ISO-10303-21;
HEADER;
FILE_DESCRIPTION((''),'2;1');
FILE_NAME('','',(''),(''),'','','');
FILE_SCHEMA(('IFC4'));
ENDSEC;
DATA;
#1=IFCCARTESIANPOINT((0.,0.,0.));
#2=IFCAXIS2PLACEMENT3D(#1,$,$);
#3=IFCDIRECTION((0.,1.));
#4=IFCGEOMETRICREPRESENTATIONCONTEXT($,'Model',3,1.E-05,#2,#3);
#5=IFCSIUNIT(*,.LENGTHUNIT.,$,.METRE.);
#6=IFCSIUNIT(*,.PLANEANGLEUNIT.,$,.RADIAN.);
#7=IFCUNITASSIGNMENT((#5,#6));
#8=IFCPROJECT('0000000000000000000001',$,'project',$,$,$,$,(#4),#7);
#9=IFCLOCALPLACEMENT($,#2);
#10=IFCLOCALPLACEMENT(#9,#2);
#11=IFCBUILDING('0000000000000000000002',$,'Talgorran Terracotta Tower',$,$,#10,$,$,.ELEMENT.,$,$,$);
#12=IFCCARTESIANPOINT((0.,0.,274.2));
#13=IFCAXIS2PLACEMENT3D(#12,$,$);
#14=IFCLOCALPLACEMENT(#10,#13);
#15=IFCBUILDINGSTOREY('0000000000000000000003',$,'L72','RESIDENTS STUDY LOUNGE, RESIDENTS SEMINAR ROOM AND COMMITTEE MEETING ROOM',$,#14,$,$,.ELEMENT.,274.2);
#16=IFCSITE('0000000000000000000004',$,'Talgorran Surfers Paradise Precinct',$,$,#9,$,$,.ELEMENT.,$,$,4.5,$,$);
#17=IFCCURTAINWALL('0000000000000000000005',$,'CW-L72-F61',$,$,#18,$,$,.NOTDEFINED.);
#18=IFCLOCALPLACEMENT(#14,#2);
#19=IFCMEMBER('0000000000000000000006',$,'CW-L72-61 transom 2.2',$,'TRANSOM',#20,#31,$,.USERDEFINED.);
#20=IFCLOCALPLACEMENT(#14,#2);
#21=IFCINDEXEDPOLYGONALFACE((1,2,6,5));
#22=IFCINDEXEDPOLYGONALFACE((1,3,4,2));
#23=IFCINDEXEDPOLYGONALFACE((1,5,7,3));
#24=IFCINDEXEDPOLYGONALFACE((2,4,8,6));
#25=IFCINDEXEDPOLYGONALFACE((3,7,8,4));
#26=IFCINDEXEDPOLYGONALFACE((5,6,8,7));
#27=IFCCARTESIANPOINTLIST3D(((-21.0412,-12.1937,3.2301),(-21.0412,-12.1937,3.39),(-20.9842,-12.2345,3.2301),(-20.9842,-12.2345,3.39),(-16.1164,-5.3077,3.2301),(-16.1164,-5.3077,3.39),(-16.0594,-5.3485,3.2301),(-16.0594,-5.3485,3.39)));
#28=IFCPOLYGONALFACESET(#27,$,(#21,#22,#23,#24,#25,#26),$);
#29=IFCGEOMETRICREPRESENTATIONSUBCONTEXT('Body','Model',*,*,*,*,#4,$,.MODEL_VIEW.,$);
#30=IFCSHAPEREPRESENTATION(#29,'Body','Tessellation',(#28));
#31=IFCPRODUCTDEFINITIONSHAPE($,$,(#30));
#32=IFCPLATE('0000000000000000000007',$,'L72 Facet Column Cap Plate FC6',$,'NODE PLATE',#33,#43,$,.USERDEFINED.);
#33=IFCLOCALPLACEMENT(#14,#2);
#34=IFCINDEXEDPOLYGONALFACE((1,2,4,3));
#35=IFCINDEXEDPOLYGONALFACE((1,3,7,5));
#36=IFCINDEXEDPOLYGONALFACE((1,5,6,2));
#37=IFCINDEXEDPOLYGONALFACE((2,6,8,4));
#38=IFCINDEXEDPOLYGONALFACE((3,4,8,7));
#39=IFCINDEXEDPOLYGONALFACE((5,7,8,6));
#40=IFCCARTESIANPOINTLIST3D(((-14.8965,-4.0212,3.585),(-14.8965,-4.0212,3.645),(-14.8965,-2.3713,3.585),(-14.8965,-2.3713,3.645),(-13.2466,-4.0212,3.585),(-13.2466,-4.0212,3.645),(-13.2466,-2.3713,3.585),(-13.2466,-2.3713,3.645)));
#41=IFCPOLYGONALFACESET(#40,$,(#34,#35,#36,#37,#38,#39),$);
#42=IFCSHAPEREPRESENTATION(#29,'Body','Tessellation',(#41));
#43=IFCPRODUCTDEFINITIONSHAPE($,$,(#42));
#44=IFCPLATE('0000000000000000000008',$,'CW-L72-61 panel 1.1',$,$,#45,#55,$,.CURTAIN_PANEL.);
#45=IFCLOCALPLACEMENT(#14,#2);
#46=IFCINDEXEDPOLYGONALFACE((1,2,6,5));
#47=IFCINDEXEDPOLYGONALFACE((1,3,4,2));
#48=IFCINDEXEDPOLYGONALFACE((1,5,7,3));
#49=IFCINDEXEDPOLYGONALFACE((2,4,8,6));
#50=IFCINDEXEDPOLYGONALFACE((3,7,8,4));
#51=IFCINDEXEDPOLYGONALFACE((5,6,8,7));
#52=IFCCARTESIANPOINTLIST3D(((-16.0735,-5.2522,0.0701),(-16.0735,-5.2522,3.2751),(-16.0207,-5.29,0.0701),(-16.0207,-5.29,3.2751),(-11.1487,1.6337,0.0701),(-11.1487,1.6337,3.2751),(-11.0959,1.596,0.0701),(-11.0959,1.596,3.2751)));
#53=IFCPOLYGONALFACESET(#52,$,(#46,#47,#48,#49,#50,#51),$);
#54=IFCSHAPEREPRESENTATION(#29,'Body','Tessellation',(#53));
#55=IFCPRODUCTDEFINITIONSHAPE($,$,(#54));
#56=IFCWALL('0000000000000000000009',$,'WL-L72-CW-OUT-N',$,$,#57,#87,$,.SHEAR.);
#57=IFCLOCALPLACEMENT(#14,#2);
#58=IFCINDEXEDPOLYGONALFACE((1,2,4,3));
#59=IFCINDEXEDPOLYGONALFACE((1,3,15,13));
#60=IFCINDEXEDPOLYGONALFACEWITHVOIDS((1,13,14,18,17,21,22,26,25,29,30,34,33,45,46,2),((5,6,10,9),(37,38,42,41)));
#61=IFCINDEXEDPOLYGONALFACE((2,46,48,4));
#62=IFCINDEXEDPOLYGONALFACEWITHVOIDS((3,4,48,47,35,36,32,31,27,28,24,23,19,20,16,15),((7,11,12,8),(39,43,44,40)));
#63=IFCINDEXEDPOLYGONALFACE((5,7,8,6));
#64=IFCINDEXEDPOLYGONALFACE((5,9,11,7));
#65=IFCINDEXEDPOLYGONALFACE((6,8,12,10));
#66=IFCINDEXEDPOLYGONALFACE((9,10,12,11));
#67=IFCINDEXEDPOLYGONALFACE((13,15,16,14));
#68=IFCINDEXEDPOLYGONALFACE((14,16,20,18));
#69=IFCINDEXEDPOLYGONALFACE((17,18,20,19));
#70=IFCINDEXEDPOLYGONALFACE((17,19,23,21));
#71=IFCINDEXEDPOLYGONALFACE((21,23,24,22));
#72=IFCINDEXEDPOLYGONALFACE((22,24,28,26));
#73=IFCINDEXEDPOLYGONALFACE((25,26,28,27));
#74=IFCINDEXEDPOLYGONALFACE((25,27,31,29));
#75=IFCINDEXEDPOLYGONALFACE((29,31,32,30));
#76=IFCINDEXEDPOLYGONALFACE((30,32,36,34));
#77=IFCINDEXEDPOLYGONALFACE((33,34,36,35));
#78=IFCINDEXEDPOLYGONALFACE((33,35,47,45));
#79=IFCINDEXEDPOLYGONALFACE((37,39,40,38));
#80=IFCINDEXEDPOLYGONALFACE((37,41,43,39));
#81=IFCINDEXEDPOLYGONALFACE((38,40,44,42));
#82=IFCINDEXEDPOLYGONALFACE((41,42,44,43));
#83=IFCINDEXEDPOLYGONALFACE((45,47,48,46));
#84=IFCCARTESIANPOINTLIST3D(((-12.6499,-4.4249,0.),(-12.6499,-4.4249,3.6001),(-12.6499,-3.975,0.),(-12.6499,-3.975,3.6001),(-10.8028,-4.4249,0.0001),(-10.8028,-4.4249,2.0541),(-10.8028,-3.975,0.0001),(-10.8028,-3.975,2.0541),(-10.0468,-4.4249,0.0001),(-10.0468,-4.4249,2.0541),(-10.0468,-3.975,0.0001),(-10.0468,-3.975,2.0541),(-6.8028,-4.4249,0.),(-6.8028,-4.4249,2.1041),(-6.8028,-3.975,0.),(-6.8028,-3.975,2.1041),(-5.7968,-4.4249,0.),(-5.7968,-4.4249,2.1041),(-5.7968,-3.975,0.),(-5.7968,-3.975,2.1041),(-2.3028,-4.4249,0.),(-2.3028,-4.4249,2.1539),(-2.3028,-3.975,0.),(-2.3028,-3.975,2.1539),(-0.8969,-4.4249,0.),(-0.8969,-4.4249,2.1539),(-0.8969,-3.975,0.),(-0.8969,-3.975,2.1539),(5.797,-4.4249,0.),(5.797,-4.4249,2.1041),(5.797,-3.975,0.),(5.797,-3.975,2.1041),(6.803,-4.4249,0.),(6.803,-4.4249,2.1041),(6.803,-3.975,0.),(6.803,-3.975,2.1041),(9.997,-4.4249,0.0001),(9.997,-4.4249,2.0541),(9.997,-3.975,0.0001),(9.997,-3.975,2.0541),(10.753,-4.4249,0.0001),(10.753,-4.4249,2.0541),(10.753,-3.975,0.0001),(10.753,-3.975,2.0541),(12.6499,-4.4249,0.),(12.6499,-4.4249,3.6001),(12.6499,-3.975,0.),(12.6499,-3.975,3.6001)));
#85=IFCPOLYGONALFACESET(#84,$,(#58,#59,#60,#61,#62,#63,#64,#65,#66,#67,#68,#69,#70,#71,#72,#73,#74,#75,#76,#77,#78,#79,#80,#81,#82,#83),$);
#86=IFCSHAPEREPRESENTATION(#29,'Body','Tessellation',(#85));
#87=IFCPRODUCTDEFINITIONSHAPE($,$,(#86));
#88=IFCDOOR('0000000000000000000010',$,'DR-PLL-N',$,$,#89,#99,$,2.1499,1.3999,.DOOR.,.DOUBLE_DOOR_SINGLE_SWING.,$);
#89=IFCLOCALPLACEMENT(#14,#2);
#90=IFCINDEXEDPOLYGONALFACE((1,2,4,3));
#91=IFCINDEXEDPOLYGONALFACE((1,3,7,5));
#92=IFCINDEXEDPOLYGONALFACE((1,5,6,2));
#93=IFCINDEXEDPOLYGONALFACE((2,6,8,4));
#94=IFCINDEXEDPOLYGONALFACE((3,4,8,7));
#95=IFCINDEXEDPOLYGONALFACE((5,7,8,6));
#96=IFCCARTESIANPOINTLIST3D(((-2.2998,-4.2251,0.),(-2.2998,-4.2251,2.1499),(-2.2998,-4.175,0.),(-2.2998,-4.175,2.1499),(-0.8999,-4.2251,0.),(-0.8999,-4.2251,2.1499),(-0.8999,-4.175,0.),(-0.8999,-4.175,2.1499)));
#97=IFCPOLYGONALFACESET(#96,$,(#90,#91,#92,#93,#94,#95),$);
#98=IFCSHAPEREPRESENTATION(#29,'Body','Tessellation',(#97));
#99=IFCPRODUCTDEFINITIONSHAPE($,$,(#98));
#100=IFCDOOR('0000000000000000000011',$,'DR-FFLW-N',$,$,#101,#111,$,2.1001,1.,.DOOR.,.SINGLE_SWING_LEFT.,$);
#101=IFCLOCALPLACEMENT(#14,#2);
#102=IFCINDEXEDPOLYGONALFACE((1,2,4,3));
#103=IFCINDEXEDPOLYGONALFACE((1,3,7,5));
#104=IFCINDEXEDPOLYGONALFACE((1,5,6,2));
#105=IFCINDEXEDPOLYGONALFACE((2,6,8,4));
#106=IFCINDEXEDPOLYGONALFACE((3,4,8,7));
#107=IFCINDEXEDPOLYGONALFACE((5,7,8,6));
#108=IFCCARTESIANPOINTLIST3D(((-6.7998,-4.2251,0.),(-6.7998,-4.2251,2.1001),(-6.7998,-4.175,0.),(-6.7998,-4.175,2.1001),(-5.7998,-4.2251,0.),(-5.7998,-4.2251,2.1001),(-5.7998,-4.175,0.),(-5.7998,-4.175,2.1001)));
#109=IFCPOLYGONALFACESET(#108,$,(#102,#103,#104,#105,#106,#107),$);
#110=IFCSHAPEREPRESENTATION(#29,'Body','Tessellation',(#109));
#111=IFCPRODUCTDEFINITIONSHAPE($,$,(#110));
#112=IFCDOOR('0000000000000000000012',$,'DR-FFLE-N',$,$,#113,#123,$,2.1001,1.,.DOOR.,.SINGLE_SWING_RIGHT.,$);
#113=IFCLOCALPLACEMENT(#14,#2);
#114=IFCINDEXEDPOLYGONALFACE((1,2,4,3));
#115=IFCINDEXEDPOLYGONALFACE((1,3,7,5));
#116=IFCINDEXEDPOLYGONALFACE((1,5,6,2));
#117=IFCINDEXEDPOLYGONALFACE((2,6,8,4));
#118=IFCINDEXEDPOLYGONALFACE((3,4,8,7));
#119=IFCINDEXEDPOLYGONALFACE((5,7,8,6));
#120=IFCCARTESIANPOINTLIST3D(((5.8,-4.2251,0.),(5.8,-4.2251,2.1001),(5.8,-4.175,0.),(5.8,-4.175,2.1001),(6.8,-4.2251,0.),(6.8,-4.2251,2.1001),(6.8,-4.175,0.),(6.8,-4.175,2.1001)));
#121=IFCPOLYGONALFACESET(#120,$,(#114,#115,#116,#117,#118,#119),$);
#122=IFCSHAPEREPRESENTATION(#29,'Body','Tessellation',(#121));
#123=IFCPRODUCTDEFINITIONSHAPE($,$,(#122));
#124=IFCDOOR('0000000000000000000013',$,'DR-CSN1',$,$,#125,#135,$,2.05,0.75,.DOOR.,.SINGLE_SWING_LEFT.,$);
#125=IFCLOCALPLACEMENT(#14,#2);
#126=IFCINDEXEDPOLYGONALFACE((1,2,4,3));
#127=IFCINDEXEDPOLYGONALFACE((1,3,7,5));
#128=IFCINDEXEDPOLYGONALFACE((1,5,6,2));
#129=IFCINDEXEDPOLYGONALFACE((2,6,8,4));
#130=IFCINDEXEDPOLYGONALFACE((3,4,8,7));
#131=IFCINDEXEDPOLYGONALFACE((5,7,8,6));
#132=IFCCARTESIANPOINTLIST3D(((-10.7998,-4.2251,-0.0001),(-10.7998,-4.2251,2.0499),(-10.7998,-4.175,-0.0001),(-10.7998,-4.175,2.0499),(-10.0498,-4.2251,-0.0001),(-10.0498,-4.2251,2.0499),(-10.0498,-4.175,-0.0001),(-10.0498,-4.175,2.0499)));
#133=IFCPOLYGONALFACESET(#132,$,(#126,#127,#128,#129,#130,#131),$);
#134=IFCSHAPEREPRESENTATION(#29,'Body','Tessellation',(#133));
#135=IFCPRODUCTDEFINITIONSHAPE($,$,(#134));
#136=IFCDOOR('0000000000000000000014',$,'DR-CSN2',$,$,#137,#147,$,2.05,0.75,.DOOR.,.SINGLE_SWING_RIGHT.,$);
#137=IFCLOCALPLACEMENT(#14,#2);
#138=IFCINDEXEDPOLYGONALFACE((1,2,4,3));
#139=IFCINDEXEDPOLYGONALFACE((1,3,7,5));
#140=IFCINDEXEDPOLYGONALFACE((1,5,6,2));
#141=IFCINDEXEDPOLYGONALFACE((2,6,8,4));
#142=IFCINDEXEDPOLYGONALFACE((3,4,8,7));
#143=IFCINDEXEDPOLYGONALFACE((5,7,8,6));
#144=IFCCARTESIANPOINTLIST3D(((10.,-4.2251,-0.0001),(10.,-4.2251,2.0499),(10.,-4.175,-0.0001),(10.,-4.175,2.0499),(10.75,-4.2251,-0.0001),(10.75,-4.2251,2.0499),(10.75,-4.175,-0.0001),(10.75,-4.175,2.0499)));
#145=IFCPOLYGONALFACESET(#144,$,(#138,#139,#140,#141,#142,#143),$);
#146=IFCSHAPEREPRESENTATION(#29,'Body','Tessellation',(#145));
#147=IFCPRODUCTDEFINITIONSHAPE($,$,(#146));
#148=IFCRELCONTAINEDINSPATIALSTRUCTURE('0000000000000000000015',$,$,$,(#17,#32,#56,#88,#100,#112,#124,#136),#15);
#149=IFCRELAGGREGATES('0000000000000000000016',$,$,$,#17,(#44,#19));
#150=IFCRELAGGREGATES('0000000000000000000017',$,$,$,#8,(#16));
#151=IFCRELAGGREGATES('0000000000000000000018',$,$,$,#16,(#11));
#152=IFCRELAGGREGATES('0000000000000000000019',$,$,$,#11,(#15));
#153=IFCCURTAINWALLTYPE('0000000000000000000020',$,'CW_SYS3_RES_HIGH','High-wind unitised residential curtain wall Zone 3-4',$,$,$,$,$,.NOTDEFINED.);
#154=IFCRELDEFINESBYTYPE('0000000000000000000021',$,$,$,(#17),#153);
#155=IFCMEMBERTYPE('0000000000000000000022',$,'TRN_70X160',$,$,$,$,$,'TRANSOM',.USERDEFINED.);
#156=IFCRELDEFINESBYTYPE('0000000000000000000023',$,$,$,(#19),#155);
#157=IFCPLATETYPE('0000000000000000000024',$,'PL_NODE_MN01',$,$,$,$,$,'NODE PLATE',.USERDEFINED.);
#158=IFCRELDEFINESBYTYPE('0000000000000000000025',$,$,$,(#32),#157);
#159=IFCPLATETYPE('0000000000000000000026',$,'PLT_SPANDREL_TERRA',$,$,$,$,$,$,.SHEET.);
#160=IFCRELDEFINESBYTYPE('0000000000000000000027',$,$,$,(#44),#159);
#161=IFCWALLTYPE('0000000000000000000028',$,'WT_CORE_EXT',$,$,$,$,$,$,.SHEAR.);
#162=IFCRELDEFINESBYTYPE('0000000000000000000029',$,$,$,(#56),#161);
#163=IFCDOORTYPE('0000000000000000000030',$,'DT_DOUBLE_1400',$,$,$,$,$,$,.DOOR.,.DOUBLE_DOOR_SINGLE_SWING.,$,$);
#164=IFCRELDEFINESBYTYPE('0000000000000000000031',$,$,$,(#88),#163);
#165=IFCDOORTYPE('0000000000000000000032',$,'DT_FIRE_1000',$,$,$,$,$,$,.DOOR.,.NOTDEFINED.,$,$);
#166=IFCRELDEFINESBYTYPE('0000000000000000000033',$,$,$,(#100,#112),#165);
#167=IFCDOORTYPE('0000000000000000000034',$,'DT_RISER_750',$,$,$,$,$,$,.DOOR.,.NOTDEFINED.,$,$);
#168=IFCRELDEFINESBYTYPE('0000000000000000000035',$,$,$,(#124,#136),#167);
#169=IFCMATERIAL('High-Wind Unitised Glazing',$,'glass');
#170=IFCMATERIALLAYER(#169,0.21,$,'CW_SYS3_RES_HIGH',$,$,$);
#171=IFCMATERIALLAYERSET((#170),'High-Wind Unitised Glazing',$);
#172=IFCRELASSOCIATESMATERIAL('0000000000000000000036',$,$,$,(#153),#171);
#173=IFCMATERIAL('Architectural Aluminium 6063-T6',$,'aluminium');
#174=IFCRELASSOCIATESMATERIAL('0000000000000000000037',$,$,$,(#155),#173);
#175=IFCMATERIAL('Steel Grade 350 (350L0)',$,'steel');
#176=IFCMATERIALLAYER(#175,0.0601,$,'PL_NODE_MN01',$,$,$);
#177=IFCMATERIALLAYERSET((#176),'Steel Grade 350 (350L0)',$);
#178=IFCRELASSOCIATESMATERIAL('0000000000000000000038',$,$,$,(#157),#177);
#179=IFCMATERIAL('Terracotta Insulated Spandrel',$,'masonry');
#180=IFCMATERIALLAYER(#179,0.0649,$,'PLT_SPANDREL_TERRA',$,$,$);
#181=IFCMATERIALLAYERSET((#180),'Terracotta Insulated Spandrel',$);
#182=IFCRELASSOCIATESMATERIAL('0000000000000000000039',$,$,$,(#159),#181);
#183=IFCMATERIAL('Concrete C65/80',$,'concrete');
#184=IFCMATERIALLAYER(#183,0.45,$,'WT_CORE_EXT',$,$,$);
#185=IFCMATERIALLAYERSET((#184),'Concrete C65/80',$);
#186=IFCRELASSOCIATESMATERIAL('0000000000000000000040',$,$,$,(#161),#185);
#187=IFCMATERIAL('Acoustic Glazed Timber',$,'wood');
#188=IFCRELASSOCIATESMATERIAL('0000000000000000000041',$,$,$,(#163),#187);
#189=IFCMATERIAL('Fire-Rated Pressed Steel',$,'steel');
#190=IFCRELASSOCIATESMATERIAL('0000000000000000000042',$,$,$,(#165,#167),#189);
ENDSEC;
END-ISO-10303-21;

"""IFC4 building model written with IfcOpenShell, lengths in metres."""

from ifc_helpers import new_model, si_unit, direction, frame, frame_2d, origin, origin_2d, place, context, subcontext, project, spatial, rectangle, extrude, source, transform, mapped, material, layer, layer_set, material_profile, profile_set, type_object, type_shapes, element, fill, aggregate, save


model = new_model("IFC4")

# Units and contexts
model_context = context("Model", 3, precision=1e-05, world=origin(), true_north=direction((0.0, 1.0)))
body_context = subcontext(model_context, "Body", "Model", "MODEL_VIEW")
ifc_project = project(units=[si_unit("LENGTHUNIT", "METRE"), si_unit("PLANEANGLEUNIT", "RADIAN")], contexts=[model_context])

# Site, building, storey
site_placement = place(None, origin())
site = spatial("IfcSite", under=ifc_project, at=site_placement, Name="Talgorran Surfers Paradise Precinct", CompositionType="ELEMENT", RefElevation=4.5)
building_placement = place(site_placement, origin())
building = spatial("IfcBuilding", under=site, at=building_placement, Name="Talgorran Terracotta Tower", CompositionType="ELEMENT")
storey_placement = place(building_placement, frame((0.0, 0.0, 274.2)))
storey = spatial("IfcBuildingStorey", under=building, at=storey_placement, Name="L72", Description="RESIDENTS STUDY LOUNGE, RESIDENTS SEMINAR ROOM AND COMMITTEE MEETING ROOM", CompositionType="ELEMENT", Elevation=274.2)

# Shared definitions
ifc_material_1 = material(Name="Steel Grade 350 (350L0)", Category="steel")

# Curtain wall, member
ifc_material_2 = material(Name="High-Wind Unitised Glazing", Category="glass")
ifc_layer_1 = layer(ifc_material_2, 0.21, Name="CW_SYS3_RES_HIGH")
ifc_layer_set_1 = layer_set([ifc_layer_1], Name="High-Wind Unitised Glazing")
curtain_wall_type = type_object("IfcCurtainWallType", Name="CW_SYS3_RES_HIGH", Description="High-wind unitised residential curtain wall Zone 3-4", PredefinedType="NOTDEFINED", material=ifc_layer_set_1)
curtain_wall_placement = place(storey_placement, origin())
curtain_wall = element("IfcCurtainWall", 1, at=curtain_wall_placement, inside=storey, type_object=curtain_wall_type, Name="CW-L72-F61", PredefinedType="NOTDEFINED")
ifc_material_3 = material(Name="Architectural Aluminium 6063-T6", Category="aluminium")
ifc_material_profile_1 = material_profile(ifc_material_3, rectangle(XDim=0.0701, YDim=0.1599, at=origin_2d()), Name="CWT70X160")
ifc_profile_set_1 = profile_set([ifc_material_profile_1], Name="Architectural Aluminium 6063-T6")
member_type_1 = type_object("IfcMemberType", Name="TRN_70X160", ElementType="TRANSOM", PredefinedType="USERDEFINED", material=ifc_profile_set_1)
member_1_placement = place(storey_placement, frame((-16.0879, -5.3281, 3.3101), z_axis=(-0.581726, -0.813385, 0.0), x_axis=(0.813385, -0.581726, 0.0)))
member_1 = element("IfcMember", 2, at=member_1_placement, type_object=member_type_1, Name="CW-L72-61 transom 2.2", ObjectType="TRANSOM", PredefinedType="USERDEFINED", context=body_context, shape_type="SweptSolid", body=[
    extrude(rectangle(XDim=0.0701, YDim=0.1599, at=origin_2d()), origin(), (0.0, 0.0, 1.0), 8.4658),
])

# Plates
ifc_layer_2 = layer(ifc_material_1, 0.0601, Name="PL_NODE_MN01")
ifc_layer_set_2 = layer_set([ifc_layer_2], Name="Steel Grade 350 (350L0)")
plate_type_1 = type_object("IfcPlateType", Name="PL_NODE_MN01", ElementType="NODE PLATE", PredefinedType="USERDEFINED", material=ifc_layer_set_2)
plate_1_placement = place(storey_placement, frame((-14.0715, -3.1963, 3.585), z_axis=(0.0, 0.0, 1.0), x_axis=(1.0, 0.0, 0.0)))
element("IfcPlate", 3, at=plate_1_placement, inside=storey, type_object=plate_type_1, Name="L72 Facet Column Cap Plate FC6", ObjectType="NODE PLATE", PredefinedType="USERDEFINED", context=body_context, shape_type="SweptSolid", body=[
    extrude(rectangle(XDim=1.6499, YDim=1.6499, at=origin_2d()), origin(), (0.0, 0.0, 1.0), 0.0601),
])
ifc_material_4 = material(Name="Terracotta Insulated Spandrel", Category="masonry")
ifc_layer_3 = layer(ifc_material_4, 0.0649, Name="PLT_SPANDREL_TERRA")
ifc_layer_set_3 = layer_set([ifc_layer_3], Name="Terracotta Insulated Spandrel")
plate_type_2 = type_object("IfcPlateType", Name="PLT_SPANDREL_TERRA", PredefinedType="SHEET", material=ifc_layer_set_3)
shared_shape = source(origin(), body_context, "Body", "SweptSolid", [
    extrude(rectangle(XDim=8.4658, YDim=0.0649, at=origin_2d()), origin(), (0.0, 0.0, 1.0), 3.2051),
])
type_shapes(plate_type_2, [shared_shape])
plate_2_placement = place(storey_placement, frame((-13.5847, -1.8281, 0.0701), z_axis=(0.0, 0.0, 1.0), x_axis=(-0.581731, -0.813381, 0.0)))
plate_2 = element("IfcPlate", 4, at=plate_2_placement, type_object=plate_type_2, Name="CW-L72-61 panel 1.1", PredefinedType="CURTAIN_PANEL", context=body_context, shape_type="MappedRepresentation", body=[
    mapped(shared_shape, transform((0.0, 0.0, 0.0), scale=1.0)),
])
aggregate(curtain_wall, [plate_2, member_1])

# Wall, openings, doors
ifc_material_5 = material(Name="Concrete C65/80", Category="concrete")
ifc_layer_4 = layer(ifc_material_5, 0.45, Name="WT_CORE_EXT")
ifc_layer_set_4 = layer_set([ifc_layer_4], Name="Concrete C65/80")
wall_type_1 = type_object("IfcWallType", Name="WT_CORE_EXT", PredefinedType="SHEAR", material=ifc_layer_set_4)
wall_1_placement = place(storey_placement, frame((-12.6499, -4.2, 0.0), z_axis=(0.0, 0.0, 1.0), x_axis=(1.0, 0.0, 0.0)))
wall_1 = element("IfcWall", 5, at=wall_1_placement, inside=storey, type_object=wall_type_1, Name="WL-L72-CW-OUT-N", PredefinedType="SHEAR", context=body_context, shape_type="SweptSolid", body=[
    extrude(rectangle(XDim=25.2998, YDim=0.45, at=frame_2d((12.6499, 0.0))), origin(), (0.0, 0.0, 1.0), 3.6001),
])
opening_1_placement = place(wall_1_placement, frame((1.8501, 0.0, 0.0)))
opening_1 = element("IfcOpeningElement", 6, at=opening_1_placement, cuts=wall_1, PredefinedType="OPENING", context=body_context, shape_type="SweptSolid", body=[
    extrude(rectangle(XDim=0.756, YDim=2.054, at=frame_2d((0.375, 1.0271))), frame((0.0, 0.2349, 0.0), z_axis=(0.0, -1.0, 0.0), x_axis=(1.0, 0.0, 0.0)), (0.0, 0.0, 1.0), 0.47),
])
opening_2_placement = place(wall_1_placement, frame((22.6499, 0.0, 0.0)))
opening_2 = element("IfcOpeningElement", 7, at=opening_2_placement, cuts=wall_1, PredefinedType="OPENING", context=body_context, shape_type="SweptSolid", body=[
    extrude(rectangle(XDim=0.756, YDim=2.054, at=frame_2d((0.375, 1.0271))), frame((0.0, 0.2349, 0.0), z_axis=(0.0, -1.0, 0.0), x_axis=(1.0, 0.0, 0.0)), (0.0, 0.0, 1.0), 0.47),
])
opening_3_placement = place(wall_1_placement, frame((5.8501, 0.0, 0.0)))
opening_3 = element("IfcOpeningElement", 8, at=opening_3_placement, cuts=wall_1, PredefinedType="OPENING", context=body_context, shape_type="SweptSolid", body=[
    extrude(rectangle(XDim=1.006, YDim=2.1041, at=frame_2d((0.5, 1.052))), frame((0.0, 0.2349, 0.0), z_axis=(0.0, -1.0, 0.0), x_axis=(1.0, 0.0, 0.0)), (0.0, 0.0, 1.0), 0.47),
])
opening_4_placement = place(wall_1_placement, frame((10.3501, 0.0, 0.0)))
opening_4 = element("IfcOpeningElement", 9, at=opening_4_placement, cuts=wall_1, PredefinedType="OPENING", context=body_context, shape_type="SweptSolid", body=[
    extrude(rectangle(XDim=1.4059, YDim=2.1539, at=frame_2d((0.7, 1.0769))), frame((0.0, 0.2349, 0.0), z_axis=(0.0, -1.0, 0.0), x_axis=(1.0, 0.0, 0.0)), (0.0, 0.0, 1.0), 0.47),
])
opening_5_placement = place(wall_1_placement, frame((18.45, 0.0, 0.0)))
opening_5 = element("IfcOpeningElement", 10, at=opening_5_placement, cuts=wall_1, PredefinedType="OPENING", context=body_context, shape_type="SweptSolid", body=[
    extrude(rectangle(XDim=1.006, YDim=2.1041, at=frame_2d((0.5, 1.052))), frame((0.0, 0.2349, 0.0), z_axis=(0.0, -1.0, 0.0), x_axis=(1.0, 0.0, 0.0)), (0.0, 0.0, 1.0), 0.47),
])
ifc_material_6 = material(Name="Acoustic Glazed Timber", Category="wood")
door_type_1 = type_object("IfcDoorType", Name="DT_DOUBLE_1400", OperationType="DOUBLE_DOOR_SINGLE_SWING", PredefinedType="DOOR", material=ifc_material_6)
door_1_placement = place(opening_4_placement, origin())
door_1 = element("IfcDoor", 11, at=door_1_placement, inside=storey, type_object=door_type_1, Name="DR-PLL-N", OperationType="DOUBLE_DOOR_SINGLE_SWING", OverallHeight=2.1499, OverallWidth=1.3999, PredefinedType="DOOR", context=body_context, shape_type="SweptSolid", body=[
    extrude(rectangle(XDim=1.3999, YDim=2.1499, at=frame_2d((0.7, 1.075))), frame((0.0, 0.0249, 0.0), z_axis=(0.0, -1.0, 0.0), x_axis=(1.0, 0.0, 0.0)), (0.0, 0.0, 1.0), 0.05),
])
fill(opening_4, door_1)
ifc_material_7 = material(Name="Fire-Rated Pressed Steel", Category="steel")
door_type_2 = type_object("IfcDoorType", Name="DT_FIRE_1000", OperationType="NOTDEFINED", PredefinedType="DOOR", material=ifc_material_7)
door_2_placement = place(opening_3_placement, origin())
door_2 = element("IfcDoor", 12, at=door_2_placement, inside=storey, type_object=door_type_2, Name="DR-FFLW-N", OperationType="SINGLE_SWING_LEFT", OverallHeight=2.1001, OverallWidth=1.0, PredefinedType="DOOR", context=body_context, shape_type="SweptSolid", body=[
    extrude(rectangle(XDim=1.0, YDim=2.1001, at=frame_2d((0.5, 1.05))), frame((0.0, 0.0249, 0.0), z_axis=(0.0, -1.0, 0.0), x_axis=(1.0, 0.0, 0.0)), (0.0, 0.0, 1.0), 0.05),
])
fill(opening_3, door_2)
door_3_placement = place(opening_5_placement, origin())
door_3 = element("IfcDoor", 13, at=door_3_placement, inside=storey, type_object=door_type_2, Name="DR-FFLE-N", OperationType="SINGLE_SWING_RIGHT", OverallHeight=2.1001, OverallWidth=1.0, PredefinedType="DOOR", context=body_context, shape_type="SweptSolid", body=[
    extrude(rectangle(XDim=1.0, YDim=2.1001, at=frame_2d((0.5, 1.05))), frame((0.0, 0.0249, 0.0), z_axis=(0.0, -1.0, 0.0), x_axis=(1.0, 0.0, 0.0)), (0.0, 0.0, 1.0), 0.05),
])
fill(opening_5, door_3)
door_type_3 = type_object("IfcDoorType", Name="DT_RISER_750", OperationType="NOTDEFINED", PredefinedType="DOOR", material=ifc_material_7)
door_4_placement = place(opening_1_placement, origin())
door_4 = element("IfcDoor", 14, at=door_4_placement, inside=storey, type_object=door_type_3, Name="DR-CSN1", OperationType="SINGLE_SWING_LEFT", OverallHeight=2.05, OverallWidth=0.75, PredefinedType="DOOR", context=body_context, shape_type="SweptSolid", body=[
    extrude(rectangle(XDim=0.75, YDim=2.05, at=frame_2d((0.375, 1.0249))), frame((0.0, 0.0249, 0.0), z_axis=(0.0, -1.0, 0.0), x_axis=(1.0, 0.0, 0.0)), (0.0, 0.0, 1.0), 0.05),
])
fill(opening_1, door_4)
door_5_placement = place(opening_2_placement, origin())
door_5 = element("IfcDoor", 15, at=door_5_placement, inside=storey, type_object=door_type_3, Name="DR-CSN2", OperationType="SINGLE_SWING_RIGHT", OverallHeight=2.05, OverallWidth=0.75, PredefinedType="DOOR", context=body_context, shape_type="SweptSolid", body=[
    extrude(rectangle(XDim=0.75, YDim=2.05, at=frame_2d((0.375, 1.0249))), frame((0.0, 0.0249, 0.0), z_axis=(0.0, -1.0, 0.0), x_axis=(1.0, 0.0, 0.0)), (0.0, 0.0, 1.0), 0.05),
])
fill(opening_2, door_5)

save(model, "model.ifc")
